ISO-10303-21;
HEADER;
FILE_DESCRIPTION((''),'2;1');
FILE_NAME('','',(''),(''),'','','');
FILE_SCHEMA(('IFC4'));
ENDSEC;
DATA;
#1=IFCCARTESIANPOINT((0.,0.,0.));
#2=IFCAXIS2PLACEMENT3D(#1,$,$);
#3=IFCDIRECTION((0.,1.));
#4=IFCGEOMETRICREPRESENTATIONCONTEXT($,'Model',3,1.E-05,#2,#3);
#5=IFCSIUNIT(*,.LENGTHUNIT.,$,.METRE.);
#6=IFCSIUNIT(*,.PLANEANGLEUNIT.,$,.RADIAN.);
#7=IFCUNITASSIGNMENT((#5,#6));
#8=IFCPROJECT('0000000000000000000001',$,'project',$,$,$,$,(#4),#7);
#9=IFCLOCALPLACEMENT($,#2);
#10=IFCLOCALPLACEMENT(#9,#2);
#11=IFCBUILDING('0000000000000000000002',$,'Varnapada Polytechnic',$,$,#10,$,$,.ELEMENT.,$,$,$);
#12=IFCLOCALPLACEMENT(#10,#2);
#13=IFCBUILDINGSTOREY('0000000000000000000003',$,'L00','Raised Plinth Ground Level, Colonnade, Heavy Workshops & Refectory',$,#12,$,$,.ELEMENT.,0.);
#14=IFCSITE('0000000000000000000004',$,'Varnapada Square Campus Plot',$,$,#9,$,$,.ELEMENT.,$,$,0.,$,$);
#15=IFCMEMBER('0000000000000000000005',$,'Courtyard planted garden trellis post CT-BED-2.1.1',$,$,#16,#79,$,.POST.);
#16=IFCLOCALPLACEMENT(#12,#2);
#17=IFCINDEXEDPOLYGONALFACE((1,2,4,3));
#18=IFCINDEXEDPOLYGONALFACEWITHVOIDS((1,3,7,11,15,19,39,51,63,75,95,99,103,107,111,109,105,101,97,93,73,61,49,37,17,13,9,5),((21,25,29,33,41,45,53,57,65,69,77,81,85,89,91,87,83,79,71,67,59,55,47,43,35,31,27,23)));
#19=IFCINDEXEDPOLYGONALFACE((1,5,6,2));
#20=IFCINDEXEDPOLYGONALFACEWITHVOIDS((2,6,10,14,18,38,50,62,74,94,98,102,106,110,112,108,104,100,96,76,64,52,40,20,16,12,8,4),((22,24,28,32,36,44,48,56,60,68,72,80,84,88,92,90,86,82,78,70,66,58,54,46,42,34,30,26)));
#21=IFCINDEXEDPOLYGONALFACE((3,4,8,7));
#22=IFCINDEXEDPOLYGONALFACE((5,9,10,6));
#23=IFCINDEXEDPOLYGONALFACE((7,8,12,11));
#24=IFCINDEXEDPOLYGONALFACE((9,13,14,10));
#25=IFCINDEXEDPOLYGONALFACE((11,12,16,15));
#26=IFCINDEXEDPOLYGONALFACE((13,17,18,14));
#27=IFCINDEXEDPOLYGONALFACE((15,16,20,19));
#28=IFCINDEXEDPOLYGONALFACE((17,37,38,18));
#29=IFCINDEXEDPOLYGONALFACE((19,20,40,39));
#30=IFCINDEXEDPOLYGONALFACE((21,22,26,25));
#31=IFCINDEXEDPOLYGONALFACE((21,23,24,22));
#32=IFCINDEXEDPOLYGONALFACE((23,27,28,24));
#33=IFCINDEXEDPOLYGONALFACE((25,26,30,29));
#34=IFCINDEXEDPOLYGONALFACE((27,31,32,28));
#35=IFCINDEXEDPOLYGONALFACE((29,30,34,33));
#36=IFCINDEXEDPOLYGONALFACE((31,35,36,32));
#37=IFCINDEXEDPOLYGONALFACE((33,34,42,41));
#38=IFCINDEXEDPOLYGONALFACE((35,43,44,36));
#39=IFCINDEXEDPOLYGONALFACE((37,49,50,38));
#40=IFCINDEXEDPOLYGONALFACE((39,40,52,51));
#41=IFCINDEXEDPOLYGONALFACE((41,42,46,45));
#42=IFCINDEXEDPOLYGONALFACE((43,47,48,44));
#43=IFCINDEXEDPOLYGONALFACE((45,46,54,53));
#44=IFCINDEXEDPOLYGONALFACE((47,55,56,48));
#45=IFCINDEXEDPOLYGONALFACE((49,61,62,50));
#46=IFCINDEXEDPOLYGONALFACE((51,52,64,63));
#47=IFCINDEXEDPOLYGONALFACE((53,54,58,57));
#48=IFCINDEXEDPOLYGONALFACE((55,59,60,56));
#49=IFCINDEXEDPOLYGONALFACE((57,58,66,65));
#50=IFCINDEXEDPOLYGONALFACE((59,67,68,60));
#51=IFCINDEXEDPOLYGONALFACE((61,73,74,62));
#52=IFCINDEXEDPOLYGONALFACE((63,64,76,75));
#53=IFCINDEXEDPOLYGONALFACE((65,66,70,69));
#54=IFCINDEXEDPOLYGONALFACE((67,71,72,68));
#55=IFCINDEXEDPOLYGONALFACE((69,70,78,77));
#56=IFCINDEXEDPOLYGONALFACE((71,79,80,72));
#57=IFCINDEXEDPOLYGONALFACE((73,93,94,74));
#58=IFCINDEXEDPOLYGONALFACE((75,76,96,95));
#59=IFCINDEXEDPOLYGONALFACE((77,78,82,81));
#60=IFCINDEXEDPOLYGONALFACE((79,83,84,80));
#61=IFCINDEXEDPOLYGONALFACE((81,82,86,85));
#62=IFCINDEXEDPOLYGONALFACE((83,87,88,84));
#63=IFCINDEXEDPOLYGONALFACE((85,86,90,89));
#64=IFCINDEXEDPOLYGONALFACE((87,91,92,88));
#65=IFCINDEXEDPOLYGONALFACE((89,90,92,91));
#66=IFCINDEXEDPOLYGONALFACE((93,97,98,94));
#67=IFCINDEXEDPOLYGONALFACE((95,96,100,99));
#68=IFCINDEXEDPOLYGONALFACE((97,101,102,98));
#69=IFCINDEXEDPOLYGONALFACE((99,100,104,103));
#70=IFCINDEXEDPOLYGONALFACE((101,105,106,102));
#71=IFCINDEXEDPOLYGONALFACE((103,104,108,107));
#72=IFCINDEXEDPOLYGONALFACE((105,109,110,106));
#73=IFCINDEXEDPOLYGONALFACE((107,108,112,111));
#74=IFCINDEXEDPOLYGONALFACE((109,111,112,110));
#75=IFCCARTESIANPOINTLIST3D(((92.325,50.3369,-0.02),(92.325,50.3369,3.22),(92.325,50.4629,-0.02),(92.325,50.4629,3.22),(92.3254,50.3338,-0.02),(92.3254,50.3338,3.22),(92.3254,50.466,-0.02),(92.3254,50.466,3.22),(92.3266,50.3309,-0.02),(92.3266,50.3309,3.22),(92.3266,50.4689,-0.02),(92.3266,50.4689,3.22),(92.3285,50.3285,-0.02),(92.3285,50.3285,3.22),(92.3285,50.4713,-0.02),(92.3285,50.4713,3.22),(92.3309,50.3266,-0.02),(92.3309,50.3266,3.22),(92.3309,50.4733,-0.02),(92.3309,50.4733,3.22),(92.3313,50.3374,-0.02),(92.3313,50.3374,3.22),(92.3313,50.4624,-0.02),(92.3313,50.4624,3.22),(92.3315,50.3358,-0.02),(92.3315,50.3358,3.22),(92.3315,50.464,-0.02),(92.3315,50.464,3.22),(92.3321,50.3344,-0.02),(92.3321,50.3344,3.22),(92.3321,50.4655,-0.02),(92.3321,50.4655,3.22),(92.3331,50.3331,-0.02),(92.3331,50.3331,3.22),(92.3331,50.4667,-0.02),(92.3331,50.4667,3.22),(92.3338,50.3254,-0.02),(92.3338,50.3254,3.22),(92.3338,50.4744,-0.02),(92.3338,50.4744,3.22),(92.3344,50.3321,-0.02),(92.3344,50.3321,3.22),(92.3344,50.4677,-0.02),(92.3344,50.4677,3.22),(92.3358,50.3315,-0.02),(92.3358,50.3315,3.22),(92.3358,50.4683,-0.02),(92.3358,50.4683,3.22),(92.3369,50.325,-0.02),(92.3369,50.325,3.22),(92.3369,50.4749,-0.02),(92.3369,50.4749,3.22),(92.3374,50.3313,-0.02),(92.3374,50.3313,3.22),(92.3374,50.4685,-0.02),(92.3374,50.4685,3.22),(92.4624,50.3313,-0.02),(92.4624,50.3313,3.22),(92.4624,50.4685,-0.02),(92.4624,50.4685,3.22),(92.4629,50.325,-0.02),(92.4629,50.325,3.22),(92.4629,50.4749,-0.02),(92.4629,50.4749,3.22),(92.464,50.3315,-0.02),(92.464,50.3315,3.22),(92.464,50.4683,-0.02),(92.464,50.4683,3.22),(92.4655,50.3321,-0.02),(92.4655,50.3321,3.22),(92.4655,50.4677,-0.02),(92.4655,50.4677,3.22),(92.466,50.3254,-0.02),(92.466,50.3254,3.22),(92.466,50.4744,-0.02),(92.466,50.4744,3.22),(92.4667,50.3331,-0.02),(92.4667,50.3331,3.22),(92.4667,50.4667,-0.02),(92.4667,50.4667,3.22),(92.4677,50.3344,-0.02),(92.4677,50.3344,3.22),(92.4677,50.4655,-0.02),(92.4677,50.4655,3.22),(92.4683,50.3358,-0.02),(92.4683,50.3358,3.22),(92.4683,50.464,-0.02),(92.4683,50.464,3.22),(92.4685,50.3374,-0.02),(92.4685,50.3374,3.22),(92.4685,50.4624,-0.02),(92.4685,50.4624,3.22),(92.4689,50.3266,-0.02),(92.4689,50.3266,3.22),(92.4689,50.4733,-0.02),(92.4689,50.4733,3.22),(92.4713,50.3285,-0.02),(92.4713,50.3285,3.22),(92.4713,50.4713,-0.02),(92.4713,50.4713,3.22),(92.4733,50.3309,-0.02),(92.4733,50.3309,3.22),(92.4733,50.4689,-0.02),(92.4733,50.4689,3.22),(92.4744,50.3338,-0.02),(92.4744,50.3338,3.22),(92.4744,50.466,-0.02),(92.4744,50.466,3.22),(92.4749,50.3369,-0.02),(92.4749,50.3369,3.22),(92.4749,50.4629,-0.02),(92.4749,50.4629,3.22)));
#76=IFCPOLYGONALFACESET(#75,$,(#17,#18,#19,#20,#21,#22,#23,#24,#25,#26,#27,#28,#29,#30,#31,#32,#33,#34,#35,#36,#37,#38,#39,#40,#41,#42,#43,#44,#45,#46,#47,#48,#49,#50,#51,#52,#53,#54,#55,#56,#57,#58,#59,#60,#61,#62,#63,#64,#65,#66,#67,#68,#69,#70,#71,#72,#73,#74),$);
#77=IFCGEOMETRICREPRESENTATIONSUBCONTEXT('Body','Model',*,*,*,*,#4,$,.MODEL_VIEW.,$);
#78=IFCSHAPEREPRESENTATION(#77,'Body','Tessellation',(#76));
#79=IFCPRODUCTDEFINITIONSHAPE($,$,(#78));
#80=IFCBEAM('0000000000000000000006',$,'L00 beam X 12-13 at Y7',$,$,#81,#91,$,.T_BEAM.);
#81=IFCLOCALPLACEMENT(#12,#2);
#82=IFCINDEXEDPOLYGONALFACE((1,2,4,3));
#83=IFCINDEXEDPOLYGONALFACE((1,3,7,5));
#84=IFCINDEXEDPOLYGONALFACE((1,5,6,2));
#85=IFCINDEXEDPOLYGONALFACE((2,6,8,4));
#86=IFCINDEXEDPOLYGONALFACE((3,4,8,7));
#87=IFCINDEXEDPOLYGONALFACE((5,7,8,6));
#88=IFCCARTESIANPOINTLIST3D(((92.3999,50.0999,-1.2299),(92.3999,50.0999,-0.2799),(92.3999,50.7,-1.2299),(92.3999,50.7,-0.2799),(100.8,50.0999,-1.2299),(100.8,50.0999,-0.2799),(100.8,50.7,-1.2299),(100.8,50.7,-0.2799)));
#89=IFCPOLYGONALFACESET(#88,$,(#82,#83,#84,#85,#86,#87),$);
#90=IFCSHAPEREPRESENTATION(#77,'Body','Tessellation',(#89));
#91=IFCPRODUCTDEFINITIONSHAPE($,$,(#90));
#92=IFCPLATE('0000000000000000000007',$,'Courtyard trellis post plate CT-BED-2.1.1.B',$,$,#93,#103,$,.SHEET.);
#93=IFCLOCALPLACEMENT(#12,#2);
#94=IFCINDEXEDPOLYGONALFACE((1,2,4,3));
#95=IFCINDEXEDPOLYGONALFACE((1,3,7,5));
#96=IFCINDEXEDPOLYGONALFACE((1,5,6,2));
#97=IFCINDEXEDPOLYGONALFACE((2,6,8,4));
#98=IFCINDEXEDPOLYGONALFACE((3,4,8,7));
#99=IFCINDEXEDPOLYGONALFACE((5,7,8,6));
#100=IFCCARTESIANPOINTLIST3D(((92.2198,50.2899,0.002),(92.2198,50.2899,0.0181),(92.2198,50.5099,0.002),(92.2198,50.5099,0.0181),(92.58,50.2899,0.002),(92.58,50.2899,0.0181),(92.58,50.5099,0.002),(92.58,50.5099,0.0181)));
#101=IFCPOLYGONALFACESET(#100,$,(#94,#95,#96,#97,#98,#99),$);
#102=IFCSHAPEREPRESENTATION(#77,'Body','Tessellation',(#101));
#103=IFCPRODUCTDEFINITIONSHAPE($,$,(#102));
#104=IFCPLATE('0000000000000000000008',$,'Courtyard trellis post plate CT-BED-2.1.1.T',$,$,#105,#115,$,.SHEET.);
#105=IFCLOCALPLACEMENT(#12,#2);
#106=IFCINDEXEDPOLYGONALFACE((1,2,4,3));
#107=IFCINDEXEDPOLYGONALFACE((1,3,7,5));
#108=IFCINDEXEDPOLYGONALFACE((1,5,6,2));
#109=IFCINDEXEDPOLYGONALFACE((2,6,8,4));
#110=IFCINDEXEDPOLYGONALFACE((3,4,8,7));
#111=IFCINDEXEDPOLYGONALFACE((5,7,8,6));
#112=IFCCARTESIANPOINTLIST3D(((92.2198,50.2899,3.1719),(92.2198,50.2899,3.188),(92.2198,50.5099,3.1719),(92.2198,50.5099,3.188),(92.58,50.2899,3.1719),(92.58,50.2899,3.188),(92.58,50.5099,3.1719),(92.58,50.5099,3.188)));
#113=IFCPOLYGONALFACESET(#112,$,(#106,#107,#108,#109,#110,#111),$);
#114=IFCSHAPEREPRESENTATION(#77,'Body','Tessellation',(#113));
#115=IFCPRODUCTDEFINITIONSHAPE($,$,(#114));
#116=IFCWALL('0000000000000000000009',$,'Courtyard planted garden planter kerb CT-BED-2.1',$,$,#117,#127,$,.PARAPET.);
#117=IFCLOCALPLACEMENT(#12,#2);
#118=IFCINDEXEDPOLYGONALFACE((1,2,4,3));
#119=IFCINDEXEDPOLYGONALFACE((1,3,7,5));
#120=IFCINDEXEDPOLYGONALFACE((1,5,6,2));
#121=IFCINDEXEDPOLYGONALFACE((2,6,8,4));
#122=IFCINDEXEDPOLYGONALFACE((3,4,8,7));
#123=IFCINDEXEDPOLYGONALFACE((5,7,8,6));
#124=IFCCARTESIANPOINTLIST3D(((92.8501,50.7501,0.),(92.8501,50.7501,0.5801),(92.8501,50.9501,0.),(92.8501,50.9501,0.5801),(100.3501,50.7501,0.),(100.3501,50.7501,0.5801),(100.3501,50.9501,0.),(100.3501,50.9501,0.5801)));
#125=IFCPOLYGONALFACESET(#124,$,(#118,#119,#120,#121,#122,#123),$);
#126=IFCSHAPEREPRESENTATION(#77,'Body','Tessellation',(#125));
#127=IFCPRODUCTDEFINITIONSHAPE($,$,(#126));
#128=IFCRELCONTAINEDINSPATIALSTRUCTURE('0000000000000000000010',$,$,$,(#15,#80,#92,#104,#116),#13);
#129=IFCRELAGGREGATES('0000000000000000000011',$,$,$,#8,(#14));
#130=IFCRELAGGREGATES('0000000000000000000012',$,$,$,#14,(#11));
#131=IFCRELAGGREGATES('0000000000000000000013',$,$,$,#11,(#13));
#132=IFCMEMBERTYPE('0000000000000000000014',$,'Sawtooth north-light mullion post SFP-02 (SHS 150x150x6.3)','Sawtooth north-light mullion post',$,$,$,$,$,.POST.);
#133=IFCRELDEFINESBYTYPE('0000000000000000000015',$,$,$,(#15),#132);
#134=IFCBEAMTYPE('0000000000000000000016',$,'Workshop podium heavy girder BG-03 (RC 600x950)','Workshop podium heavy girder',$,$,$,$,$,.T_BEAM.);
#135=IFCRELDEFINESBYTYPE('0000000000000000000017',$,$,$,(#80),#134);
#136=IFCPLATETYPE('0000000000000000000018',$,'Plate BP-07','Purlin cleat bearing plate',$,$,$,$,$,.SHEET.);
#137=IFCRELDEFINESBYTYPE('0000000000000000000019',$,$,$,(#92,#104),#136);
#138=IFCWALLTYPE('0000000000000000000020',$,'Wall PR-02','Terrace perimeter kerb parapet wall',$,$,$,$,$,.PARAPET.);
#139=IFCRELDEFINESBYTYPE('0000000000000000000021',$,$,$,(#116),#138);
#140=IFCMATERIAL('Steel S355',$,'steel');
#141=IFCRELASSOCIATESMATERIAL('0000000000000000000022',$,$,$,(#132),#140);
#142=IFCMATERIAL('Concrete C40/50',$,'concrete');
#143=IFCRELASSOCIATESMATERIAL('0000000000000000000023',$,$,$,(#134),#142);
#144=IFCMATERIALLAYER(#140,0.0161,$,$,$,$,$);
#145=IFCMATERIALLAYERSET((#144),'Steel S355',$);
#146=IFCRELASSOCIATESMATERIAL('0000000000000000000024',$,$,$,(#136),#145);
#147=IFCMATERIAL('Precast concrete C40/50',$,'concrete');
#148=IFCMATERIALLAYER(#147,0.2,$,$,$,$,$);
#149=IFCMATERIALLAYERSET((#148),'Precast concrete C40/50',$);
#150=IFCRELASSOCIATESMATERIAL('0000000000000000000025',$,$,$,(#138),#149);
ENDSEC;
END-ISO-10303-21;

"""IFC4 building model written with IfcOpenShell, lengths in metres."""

from ifc_helpers import new_model, si_unit, direction, frame, frame_2d, origin, origin_2d, place, context, subcontext, project, spatial, rectangle, hollow_rectangle, extrude, material, layer, layer_set, material_profile, profile_set, type_object, element, save


model = new_model("IFC4")

# Units and contexts
model_context = context("Model", 3, precision=1e-05, world=origin(), true_north=direction((0.0, 1.0)))
body_context = subcontext(model_context, "Body", "Model", "MODEL_VIEW")
ifc_project = project(units=[si_unit("LENGTHUNIT", "METRE"), si_unit("PLANEANGLEUNIT", "RADIAN")], contexts=[model_context])

# Site, building, storey
site_placement = place(None, origin())
site = spatial("IfcSite", under=ifc_project, at=site_placement, Name="Varnapada Square Campus Plot", CompositionType="ELEMENT", RefElevation=0.0)
building_placement = place(site_placement, origin())
building = spatial("IfcBuilding", under=site, at=building_placement, Name="Varnapada Polytechnic", CompositionType="ELEMENT")
storey_placement = place(building_placement, origin())
storey = spatial("IfcBuildingStorey", under=building, at=storey_placement, Name="L00", Description="Raised Plinth Ground Level, Colonnade, Heavy Workshops & Refectory", CompositionType="ELEMENT", Elevation=0.0)

# Shared definitions
ifc_material_1 = material(Name="Concrete C40/50", Category="concrete")

# Shared definitions
ifc_material_2 = material(Name="Steel S355", Category="steel")

# Member
ifc_material_profile_1 = material_profile(ifc_material_2, hollow_rectangle(XDim=0.1499, YDim=0.1499, WallThickness=0.0063, InnerFilletRadius=0.0061, OuterFilletRadius=0.012, at=origin_2d()), Name="SHS 150x150x6.3")
ifc_profile_set_1 = profile_set([ifc_material_profile_1], Name="Steel S355")
member_type_1 = type_object("IfcMemberType", Name="Sawtooth north-light mullion post SFP-02 (SHS 150x150x6.3)", Description="Sawtooth north-light mullion post", PredefinedType="POST", material=ifc_profile_set_1)
member_1_placement = place(storey_placement, frame((92.3999, 50.3999, -0.02), z_axis=(0.0, 0.0, 1.0), x_axis=(1.0, 0.0, 0.0)))
element("IfcMember", 1, at=member_1_placement, inside=storey, type_object=member_type_1, Name="Courtyard planted garden trellis post CT-BED-2.1.1", PredefinedType="POST", context=body_context, shape_type="SweptSolid", body=[
    extrude(hollow_rectangle(XDim=0.1499, YDim=0.1499, WallThickness=0.0063, InnerFilletRadius=0.0061, OuterFilletRadius=0.012, at=origin_2d()), origin(), (0.0, 0.0, 1.0), 3.24),
])

# Beam
ifc_material_profile_2 = material_profile(ifc_material_1, rectangle(XDim=0.6001, YDim=0.95, at=origin_2d()), Name="RC 600x950")
ifc_profile_set_2 = profile_set([ifc_material_profile_2], Name="Concrete C40/50")
beam_type_1 = type_object("IfcBeamType", Name="Workshop podium heavy girder BG-03 (RC 600x950)", Description="Workshop podium heavy girder", PredefinedType="T_BEAM", material=ifc_profile_set_2)
beam_1_placement = place(storey_placement, frame((92.3999, 50.3999, -0.7549), z_axis=(1.0, 0.0, 0.0), x_axis=(0.0, 1.0, 0.0)))
element("IfcBeam", 2, at=beam_1_placement, inside=storey, type_object=beam_type_1, Name="L00 beam X 12-13 at Y7", PredefinedType="T_BEAM", context=body_context, shape_type="SweptSolid", body=[
    extrude(rectangle(XDim=0.6001, YDim=0.95, at=origin_2d()), origin(), (0.0, 0.0, 1.0), 8.4001),
])

# Plates
ifc_layer_1 = layer(ifc_material_2, 0.0161)
ifc_layer_set_1 = layer_set([ifc_layer_1], Name="Steel S355")
plate_type = type_object("IfcPlateType", Name="Plate BP-07", Description="Purlin cleat bearing plate", PredefinedType="SHEET", material=ifc_layer_set_1)
for number, where, z_axis, x_axis, name in (
    (3, (92.3999, 50.3999, 0.002), (0.0, 0.0, 1.0), (1.0, 0.0, 0.0), "Courtyard trellis post plate CT-BED-2.1.1.B"),
    (4, (92.3999, 50.3999, 3.1719), (0.0, 0.0, 1.0), (1.0, 0.0, 0.0), "Courtyard trellis post plate CT-BED-2.1.1.T"),
):
    element("IfcPlate", number, at=place(storey_placement, frame(where, z_axis=z_axis, x_axis=x_axis)), inside=storey, type_object=plate_type, Name=name, PredefinedType="SHEET", context=body_context, shape_type="SweptSolid", body=[
        extrude(rectangle(XDim=0.3601, YDim=0.22, at=origin_2d()), origin(), (0.0, 0.0, 1.0), 0.0161),
    ])

# Wall
ifc_material_3 = material(Name="Precast concrete C40/50", Category="concrete")
ifc_layer_2 = layer(ifc_material_3, 0.2)
ifc_layer_set_2 = layer_set([ifc_layer_2], Name="Precast concrete C40/50")
wall_type = type_object("IfcWallType", Name="Wall PR-02", Description="Terrace perimeter kerb parapet wall", PredefinedType="PARAPET", material=ifc_layer_set_2)
wall_placement = place(storey_placement, frame((92.8501, 50.8501, 0.0), z_axis=(0.0, 0.0, 1.0), x_axis=(1.0, 0.0, 0.0)))
element("IfcWall", 5, at=wall_placement, inside=storey, type_object=wall_type, Name="Courtyard planted garden planter kerb CT-BED-2.1", PredefinedType="PARAPET", context=body_context, shape_type="SweptSolid", body=[
    extrude(rectangle(XDim=7.5, YDim=0.2, at=frame_2d((3.75, 0.0))), origin(), (0.0, 0.0, 1.0), 0.5801),
])

save(model, "model.ifc")
